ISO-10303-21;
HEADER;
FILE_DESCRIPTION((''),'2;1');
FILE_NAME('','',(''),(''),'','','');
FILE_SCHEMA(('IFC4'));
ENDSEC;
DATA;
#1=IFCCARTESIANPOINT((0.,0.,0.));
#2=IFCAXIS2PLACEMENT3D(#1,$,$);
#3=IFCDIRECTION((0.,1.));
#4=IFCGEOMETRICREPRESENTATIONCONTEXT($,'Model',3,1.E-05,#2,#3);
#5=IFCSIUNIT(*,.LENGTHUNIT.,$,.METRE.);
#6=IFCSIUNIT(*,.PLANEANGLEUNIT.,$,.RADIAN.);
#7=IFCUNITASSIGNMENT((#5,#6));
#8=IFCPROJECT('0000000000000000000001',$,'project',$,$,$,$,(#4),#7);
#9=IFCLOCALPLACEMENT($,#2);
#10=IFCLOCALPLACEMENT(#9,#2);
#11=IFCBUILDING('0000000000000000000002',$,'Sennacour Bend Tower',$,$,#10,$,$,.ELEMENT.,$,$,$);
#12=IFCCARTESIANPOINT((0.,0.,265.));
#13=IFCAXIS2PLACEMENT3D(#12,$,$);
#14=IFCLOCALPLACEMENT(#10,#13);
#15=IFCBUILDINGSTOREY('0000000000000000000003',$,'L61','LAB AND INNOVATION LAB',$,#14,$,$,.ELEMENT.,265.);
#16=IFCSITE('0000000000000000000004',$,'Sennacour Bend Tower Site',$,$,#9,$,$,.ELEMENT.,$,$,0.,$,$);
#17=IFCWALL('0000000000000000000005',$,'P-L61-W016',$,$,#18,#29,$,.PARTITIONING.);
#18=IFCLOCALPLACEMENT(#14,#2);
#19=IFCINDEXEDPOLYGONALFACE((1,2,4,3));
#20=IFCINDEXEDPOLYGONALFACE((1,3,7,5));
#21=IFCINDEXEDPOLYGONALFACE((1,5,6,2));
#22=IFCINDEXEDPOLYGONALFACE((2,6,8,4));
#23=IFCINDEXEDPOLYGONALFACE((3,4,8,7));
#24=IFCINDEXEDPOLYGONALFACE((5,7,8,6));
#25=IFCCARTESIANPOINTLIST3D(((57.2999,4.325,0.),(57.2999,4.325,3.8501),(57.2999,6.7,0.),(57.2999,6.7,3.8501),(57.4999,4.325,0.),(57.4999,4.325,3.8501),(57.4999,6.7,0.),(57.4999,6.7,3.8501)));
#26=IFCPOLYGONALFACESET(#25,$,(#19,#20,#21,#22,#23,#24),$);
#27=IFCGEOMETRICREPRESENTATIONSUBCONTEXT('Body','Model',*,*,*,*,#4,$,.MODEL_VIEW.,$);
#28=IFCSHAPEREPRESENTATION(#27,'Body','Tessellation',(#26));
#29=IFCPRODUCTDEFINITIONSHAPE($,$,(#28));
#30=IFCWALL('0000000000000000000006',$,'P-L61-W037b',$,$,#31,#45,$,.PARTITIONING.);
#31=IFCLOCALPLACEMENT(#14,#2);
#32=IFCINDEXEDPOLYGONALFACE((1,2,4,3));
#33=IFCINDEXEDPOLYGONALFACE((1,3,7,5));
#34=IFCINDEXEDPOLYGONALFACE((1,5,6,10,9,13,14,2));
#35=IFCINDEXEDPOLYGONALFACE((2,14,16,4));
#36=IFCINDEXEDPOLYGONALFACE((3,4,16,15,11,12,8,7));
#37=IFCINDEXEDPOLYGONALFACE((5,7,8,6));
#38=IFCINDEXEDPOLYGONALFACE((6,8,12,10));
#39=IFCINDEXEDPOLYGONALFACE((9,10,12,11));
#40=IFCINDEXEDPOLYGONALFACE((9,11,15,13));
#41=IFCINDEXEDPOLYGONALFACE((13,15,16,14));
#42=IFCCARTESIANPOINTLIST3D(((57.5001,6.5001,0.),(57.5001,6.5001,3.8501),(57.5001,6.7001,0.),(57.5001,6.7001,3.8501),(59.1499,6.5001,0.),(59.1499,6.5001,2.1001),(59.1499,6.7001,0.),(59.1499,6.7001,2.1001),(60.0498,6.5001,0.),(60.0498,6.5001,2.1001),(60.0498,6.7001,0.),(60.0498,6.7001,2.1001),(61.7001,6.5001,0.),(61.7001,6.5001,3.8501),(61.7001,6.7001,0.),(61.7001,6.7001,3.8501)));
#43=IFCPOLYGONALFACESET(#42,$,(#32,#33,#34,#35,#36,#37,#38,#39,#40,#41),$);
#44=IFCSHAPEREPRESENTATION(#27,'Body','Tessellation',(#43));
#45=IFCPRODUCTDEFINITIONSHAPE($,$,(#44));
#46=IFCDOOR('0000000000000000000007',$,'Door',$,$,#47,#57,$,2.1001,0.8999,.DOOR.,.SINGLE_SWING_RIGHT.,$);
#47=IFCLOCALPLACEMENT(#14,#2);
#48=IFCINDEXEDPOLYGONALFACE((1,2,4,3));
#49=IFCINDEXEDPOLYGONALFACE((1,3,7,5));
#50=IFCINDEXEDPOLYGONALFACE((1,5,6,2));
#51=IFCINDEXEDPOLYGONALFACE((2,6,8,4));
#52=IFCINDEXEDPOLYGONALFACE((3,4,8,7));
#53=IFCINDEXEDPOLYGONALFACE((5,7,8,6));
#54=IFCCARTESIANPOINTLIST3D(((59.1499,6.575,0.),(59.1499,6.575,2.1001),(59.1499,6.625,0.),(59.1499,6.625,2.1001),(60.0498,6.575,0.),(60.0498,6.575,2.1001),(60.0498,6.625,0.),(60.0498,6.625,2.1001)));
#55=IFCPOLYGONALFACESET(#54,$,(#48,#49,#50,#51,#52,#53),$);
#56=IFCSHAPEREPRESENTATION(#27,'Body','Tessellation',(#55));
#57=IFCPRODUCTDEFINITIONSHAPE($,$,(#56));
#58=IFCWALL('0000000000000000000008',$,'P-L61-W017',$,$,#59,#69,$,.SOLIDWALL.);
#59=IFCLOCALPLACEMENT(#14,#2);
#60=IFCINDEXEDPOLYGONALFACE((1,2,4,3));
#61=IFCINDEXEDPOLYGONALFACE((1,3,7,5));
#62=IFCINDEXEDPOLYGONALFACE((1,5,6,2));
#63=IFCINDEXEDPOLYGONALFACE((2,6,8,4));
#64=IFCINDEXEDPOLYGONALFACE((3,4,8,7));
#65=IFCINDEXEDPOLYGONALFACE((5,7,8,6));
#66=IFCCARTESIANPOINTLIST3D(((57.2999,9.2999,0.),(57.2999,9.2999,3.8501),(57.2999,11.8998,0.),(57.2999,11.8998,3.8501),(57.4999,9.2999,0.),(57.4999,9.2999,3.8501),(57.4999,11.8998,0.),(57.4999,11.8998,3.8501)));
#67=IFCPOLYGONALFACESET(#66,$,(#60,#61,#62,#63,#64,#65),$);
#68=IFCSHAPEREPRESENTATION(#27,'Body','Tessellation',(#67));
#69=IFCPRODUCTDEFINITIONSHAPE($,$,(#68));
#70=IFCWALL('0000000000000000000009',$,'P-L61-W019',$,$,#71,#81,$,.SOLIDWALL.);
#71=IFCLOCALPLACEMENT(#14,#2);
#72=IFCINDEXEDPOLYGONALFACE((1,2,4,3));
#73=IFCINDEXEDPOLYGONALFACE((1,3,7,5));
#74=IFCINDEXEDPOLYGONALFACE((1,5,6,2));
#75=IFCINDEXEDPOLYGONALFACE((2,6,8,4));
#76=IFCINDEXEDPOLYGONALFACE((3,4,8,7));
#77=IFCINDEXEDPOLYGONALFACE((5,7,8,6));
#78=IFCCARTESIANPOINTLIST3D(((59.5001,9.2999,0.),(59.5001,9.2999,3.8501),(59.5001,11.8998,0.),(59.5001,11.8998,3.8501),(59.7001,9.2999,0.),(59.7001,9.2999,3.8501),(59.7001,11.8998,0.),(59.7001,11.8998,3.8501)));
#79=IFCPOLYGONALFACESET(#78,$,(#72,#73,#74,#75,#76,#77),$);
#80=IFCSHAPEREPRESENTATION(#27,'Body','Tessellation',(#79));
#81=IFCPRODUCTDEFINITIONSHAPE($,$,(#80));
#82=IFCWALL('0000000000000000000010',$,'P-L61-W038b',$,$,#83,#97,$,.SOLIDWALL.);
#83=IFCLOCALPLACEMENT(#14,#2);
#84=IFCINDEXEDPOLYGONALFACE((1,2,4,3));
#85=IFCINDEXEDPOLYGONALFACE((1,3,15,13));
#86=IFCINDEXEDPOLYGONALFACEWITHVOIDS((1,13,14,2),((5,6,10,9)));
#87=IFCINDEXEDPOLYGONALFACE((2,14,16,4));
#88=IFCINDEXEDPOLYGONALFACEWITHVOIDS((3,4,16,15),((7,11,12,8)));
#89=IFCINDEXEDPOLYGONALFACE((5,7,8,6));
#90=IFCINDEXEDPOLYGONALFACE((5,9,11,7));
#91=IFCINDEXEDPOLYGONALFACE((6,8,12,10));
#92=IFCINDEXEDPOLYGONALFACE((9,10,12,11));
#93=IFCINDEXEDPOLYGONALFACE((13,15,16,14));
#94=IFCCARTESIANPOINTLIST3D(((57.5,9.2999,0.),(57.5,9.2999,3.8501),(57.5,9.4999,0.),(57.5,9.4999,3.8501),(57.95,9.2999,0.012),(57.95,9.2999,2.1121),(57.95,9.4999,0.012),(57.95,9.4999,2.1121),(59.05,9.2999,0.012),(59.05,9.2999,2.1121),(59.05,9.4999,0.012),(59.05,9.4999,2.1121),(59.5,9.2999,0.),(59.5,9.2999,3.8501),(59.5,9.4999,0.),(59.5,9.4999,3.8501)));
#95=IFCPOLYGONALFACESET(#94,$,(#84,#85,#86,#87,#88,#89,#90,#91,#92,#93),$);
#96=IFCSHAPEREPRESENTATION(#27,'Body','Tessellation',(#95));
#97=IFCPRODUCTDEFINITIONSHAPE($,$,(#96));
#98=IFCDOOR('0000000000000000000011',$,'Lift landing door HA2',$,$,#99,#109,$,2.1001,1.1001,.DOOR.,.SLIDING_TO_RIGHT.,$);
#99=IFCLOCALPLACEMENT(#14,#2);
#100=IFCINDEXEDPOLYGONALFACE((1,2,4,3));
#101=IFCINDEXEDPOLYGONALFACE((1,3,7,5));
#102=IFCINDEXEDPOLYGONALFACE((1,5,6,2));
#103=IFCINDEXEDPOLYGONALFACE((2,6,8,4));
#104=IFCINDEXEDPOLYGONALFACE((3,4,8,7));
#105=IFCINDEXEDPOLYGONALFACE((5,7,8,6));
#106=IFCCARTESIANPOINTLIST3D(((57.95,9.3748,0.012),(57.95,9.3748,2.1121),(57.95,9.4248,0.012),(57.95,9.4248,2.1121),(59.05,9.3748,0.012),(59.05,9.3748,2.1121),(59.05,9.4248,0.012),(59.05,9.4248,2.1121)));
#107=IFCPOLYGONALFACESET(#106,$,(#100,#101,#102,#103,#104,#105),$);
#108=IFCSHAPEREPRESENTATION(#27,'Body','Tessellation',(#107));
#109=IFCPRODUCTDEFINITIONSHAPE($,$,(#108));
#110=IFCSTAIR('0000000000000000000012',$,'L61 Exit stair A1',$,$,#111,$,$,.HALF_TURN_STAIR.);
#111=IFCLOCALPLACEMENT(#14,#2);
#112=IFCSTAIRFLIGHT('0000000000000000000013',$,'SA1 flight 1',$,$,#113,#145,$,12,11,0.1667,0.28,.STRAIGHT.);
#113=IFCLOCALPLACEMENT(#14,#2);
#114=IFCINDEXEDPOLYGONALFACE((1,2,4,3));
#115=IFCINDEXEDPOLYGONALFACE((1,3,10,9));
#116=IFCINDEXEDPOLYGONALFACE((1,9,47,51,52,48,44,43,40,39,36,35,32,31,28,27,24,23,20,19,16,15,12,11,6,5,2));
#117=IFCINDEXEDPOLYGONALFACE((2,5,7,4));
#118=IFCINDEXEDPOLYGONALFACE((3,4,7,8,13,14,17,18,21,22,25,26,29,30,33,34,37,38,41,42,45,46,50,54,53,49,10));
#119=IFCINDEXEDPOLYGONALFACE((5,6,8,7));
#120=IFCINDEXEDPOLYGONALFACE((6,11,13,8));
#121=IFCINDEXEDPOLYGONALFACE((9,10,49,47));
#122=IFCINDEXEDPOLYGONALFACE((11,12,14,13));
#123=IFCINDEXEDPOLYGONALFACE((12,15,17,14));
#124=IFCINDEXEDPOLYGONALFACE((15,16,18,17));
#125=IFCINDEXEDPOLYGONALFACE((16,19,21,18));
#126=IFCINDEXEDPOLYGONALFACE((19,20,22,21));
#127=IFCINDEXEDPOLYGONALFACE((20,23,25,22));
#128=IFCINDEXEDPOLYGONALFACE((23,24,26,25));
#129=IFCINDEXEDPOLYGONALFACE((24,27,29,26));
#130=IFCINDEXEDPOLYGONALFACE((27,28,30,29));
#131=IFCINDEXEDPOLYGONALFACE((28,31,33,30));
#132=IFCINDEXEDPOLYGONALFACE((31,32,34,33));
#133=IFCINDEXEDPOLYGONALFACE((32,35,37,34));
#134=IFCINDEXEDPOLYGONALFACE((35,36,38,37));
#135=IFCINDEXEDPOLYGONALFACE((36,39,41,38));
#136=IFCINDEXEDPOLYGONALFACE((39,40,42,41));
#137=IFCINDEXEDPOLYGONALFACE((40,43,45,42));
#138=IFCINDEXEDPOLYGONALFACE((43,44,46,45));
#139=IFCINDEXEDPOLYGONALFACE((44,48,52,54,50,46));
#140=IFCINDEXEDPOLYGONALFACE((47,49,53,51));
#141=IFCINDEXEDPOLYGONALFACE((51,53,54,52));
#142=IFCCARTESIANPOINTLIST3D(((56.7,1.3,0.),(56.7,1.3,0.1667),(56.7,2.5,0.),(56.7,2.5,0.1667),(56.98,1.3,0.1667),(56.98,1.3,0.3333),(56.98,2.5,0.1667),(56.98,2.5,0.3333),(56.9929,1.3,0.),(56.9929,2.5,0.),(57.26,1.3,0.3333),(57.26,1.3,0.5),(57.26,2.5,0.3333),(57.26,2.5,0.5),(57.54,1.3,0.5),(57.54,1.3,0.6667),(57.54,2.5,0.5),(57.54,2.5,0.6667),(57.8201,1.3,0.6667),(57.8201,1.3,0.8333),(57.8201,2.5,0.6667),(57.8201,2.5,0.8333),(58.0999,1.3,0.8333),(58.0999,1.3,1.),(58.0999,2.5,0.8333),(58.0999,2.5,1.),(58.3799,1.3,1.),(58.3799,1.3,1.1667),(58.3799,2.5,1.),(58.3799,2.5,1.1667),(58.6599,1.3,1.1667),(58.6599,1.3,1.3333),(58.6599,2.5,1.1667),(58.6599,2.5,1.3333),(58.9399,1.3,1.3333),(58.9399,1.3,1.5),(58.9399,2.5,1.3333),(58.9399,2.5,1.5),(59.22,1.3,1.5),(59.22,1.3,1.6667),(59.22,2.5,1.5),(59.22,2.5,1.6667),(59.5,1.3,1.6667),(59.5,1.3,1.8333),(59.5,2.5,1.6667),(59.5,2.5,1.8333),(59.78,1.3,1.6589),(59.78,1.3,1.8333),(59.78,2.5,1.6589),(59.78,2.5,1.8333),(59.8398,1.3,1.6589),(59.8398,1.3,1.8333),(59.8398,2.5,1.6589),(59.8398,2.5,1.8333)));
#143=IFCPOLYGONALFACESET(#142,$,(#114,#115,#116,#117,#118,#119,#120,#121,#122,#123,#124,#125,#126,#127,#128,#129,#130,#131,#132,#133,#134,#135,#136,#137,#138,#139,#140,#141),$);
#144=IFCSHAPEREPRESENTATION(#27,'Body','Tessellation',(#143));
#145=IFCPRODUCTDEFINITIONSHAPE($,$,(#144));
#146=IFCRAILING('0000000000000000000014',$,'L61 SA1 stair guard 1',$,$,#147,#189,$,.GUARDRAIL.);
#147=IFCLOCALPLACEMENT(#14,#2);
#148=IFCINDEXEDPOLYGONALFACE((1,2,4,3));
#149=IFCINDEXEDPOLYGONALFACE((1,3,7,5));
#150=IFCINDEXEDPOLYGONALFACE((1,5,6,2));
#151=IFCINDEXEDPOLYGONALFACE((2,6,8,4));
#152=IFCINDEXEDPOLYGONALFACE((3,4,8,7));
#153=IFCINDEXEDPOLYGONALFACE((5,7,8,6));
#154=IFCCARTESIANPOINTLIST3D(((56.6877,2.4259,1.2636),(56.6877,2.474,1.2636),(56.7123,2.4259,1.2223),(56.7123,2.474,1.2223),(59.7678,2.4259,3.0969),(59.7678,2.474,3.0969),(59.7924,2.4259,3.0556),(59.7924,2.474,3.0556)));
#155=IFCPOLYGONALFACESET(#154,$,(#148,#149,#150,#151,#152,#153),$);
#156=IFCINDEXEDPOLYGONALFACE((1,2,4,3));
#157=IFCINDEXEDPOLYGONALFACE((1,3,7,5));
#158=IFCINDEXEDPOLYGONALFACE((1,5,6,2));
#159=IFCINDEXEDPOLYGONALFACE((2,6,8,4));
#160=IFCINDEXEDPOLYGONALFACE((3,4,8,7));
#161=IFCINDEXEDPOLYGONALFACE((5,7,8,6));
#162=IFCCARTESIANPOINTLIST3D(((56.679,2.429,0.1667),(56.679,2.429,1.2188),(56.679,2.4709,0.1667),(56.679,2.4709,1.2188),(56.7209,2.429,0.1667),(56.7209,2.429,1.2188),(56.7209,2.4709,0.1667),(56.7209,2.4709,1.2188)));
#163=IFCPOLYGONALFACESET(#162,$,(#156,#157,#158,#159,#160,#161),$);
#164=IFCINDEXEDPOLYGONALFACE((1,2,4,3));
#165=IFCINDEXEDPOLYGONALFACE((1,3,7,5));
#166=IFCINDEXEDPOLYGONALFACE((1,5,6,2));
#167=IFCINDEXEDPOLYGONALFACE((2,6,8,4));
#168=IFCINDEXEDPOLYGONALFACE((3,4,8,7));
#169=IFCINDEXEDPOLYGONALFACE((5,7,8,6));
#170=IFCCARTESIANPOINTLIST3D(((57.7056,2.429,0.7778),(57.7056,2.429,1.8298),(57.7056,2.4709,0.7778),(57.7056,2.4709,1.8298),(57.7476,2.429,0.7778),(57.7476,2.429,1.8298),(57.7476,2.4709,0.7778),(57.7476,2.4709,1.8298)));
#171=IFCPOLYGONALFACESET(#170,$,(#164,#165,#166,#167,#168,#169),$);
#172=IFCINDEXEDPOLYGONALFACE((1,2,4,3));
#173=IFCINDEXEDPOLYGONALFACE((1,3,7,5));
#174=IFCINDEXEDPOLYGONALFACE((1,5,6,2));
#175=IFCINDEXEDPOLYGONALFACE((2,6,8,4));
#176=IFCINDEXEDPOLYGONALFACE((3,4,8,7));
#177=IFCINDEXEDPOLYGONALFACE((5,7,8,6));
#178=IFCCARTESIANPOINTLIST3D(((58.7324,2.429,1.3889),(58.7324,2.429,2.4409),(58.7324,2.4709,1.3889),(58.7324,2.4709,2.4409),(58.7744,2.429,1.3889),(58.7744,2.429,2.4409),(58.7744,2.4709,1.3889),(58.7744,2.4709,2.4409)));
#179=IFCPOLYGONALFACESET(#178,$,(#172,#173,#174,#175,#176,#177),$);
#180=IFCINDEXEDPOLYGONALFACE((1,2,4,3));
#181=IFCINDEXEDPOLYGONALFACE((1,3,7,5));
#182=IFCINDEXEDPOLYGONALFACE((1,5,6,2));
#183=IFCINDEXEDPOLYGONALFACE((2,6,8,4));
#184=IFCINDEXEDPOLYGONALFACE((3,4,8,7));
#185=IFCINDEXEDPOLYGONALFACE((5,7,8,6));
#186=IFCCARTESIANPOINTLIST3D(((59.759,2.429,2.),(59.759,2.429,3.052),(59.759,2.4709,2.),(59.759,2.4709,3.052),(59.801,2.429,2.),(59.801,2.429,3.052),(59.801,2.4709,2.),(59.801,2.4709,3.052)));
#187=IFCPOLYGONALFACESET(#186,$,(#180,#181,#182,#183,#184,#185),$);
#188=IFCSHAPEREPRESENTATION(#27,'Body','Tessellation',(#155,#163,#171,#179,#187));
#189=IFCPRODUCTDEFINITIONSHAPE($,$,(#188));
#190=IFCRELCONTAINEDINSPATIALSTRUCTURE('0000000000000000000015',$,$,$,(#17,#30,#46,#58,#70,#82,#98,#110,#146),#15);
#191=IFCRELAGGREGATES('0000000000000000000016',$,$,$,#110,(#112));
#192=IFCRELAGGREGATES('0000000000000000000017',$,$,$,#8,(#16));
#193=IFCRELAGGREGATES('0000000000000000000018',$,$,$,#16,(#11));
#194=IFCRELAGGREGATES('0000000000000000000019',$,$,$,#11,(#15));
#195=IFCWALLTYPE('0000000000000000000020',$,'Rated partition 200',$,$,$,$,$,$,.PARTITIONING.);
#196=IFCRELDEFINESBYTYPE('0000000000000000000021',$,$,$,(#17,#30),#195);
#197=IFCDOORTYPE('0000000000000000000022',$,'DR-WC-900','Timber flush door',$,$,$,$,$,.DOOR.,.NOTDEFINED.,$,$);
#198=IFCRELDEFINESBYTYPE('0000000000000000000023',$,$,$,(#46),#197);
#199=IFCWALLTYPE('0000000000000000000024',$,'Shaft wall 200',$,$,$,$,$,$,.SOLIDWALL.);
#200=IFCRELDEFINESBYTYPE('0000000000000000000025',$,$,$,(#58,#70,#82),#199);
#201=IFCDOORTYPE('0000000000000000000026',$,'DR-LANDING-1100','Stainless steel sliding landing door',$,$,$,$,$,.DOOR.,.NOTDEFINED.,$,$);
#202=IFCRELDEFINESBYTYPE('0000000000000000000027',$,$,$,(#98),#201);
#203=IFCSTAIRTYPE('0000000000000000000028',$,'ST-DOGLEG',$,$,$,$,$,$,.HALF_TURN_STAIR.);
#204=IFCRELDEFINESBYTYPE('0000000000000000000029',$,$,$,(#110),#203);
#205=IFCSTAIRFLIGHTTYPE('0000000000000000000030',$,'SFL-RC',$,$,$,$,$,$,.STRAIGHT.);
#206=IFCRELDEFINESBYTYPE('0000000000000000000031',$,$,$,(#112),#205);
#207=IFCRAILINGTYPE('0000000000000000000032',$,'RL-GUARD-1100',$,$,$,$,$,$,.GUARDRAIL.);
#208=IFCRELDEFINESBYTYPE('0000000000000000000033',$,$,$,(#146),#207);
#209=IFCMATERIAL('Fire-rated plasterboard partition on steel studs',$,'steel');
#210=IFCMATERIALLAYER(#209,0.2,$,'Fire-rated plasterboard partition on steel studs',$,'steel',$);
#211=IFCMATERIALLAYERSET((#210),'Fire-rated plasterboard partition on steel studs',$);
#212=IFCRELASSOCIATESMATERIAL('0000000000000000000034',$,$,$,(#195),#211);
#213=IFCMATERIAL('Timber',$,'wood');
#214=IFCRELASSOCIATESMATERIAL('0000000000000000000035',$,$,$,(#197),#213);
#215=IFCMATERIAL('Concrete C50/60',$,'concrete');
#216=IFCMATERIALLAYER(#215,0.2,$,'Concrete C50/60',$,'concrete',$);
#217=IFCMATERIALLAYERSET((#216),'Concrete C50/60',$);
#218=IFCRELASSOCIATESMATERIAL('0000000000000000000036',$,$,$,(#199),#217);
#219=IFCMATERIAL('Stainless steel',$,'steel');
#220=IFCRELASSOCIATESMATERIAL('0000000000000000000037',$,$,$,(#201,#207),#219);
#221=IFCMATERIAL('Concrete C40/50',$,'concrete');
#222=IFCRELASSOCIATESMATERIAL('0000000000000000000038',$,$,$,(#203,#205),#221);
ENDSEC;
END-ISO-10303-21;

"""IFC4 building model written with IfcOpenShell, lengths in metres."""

from ifc_helpers import new_model, si_unit, direction, frame, frame_2d, origin, origin_2d, place, context, subcontext, project, spatial, polyline, rectangle, outline, extrude, material, layer, layer_set, type_object, element, fill, aggregate, save


model = new_model("IFC4")

# Units and contexts
model_context = context("Model", 3, precision=1e-05, world=origin(), true_north=direction((0.0, 1.0)))
body_context = subcontext(model_context, "Body", "Model", "MODEL_VIEW")
ifc_project = project(units=[si_unit("LENGTHUNIT", "METRE"), si_unit("PLANEANGLEUNIT", "RADIAN")], contexts=[model_context])

# Site, building, storey
site_placement = place(None, origin())
site = spatial("IfcSite", under=ifc_project, at=site_placement, Name="Sennacour Bend Tower Site", CompositionType="ELEMENT", RefElevation=0.0)
building_placement = place(site_placement, origin())
building = spatial("IfcBuilding", under=site, at=building_placement, Name="Sennacour Bend Tower", CompositionType="ELEMENT")
storey_placement = place(building_placement, frame((0.0, 0.0, 265.0)))
storey = spatial("IfcBuildingStorey", under=building, at=storey_placement, Name="L61", Description="LAB AND INNOVATION LAB", CompositionType="ELEMENT", Elevation=265.0)

# Wall
ifc_material_1 = material(Name="Fire-rated plasterboard partition on steel studs", Category="steel")
ifc_layer_1 = layer(ifc_material_1, 0.2, Name="Fire-rated plasterboard partition on steel studs", Category="steel")
ifc_layer_set_1 = layer_set([ifc_layer_1], Name="Fire-rated plasterboard partition on steel studs")
wall_type_1 = type_object("IfcWallType", Name="Rated partition 200", PredefinedType="PARTITIONING", material=ifc_layer_set_1)
wall_1_placement = place(storey_placement, frame((57.3999, 4.325, 0.0), z_axis=(0.0, 0.0, 1.0), x_axis=(0.0, 1.0, 0.0)))
element("IfcWall", 1, at=wall_1_placement, inside=storey, type_object=wall_type_1, Name="P-L61-W016", PredefinedType="PARTITIONING", context=body_context, shape_type="SweptSolid", body=[
    extrude(rectangle(XDim=2.375, YDim=0.2, at=frame_2d((1.1875, 0.0))), origin(), (0.0, 0.0, 1.0), 3.8501),
])

# Wall, opening, door
wall_2_placement = place(storey_placement, frame((57.5, 6.6001, 0.0), z_axis=(0.0, 0.0, 1.0), x_axis=(1.0, 0.0, 0.0)))
wall_2 = element("IfcWall", 2, at=wall_2_placement, inside=storey, type_object=wall_type_1, Name="P-L61-W037b", PredefinedType="PARTITIONING", context=body_context, shape_type="SweptSolid", body=[
    extrude(rectangle(XDim=4.2, YDim=0.2, at=frame_2d((2.1001, 0.0))), origin(), (0.0, 0.0, 1.0), 3.8501),
])
opening_1_placement = place(wall_2_placement, frame((1.6499, 0.0, 0.0)))
opening_1 = element("IfcOpeningElement", 3, at=opening_1_placement, cuts=wall_2, PredefinedType="OPENING", context=body_context, shape_type="SweptSolid", body=[
    extrude(rectangle(XDim=0.8999, YDim=2.1001, at=frame_2d((0.45, 1.05))), frame((0.0, 0.1099, 0.0), z_axis=(0.0, -1.0, 0.0), x_axis=(1.0, 0.0, 0.0)), (0.0, 0.0, 1.0), 0.22),
])
ifc_material_2 = material(Name="Timber", Category="wood")
door_type_1 = type_object("IfcDoorType", Name="DR-WC-900", Description="Timber flush door", OperationType="NOTDEFINED", PredefinedType="DOOR", material=ifc_material_2)
door_1_placement = place(opening_1_placement, origin())
door_1 = element("IfcDoor", 4, at=door_1_placement, inside=storey, type_object=door_type_1, Name="Door", OperationType="SINGLE_SWING_RIGHT", OverallHeight=2.1001, OverallWidth=0.8999, PredefinedType="DOOR", context=body_context, shape_type="SweptSolid", body=[
    extrude(rectangle(XDim=0.8999, YDim=2.1001, at=frame_2d((0.45, 1.05))), frame((0.0, 0.0249, 0.0), z_axis=(0.0, -1.0, 0.0), x_axis=(1.0, 0.0, 0.0)), (0.0, 0.0, 1.0), 0.05),
])
fill(opening_1, door_1)

# Walls
ifc_material_3 = material(Name="Concrete C50/60", Category="concrete")
ifc_layer_2 = layer(ifc_material_3, 0.2, Name="Concrete C50/60", Category="concrete")
ifc_layer_set_2 = layer_set([ifc_layer_2], Name="Concrete C50/60")
wall_type_2 = type_object("IfcWallType", Name="Shaft wall 200", PredefinedType="SOLIDWALL", material=ifc_layer_set_2)
for number, where, z_axis, x_axis, name in (
    (5, (57.3999, 9.3, 0.0), (0.0, 0.0, 1.0), (0.0, 1.0, 0.0), "P-L61-W017"),
    (6, (59.6001, 9.3, 0.0), (0.0, 0.0, 1.0), (0.0, 1.0, 0.0), "P-L61-W019"),
):
    element("IfcWall", number, at=place(storey_placement, frame(where, z_axis=z_axis, x_axis=x_axis)), inside=storey, type_object=wall_type_2, Name=name, PredefinedType="SOLIDWALL", context=body_context, shape_type="SweptSolid", body=[
        extrude(rectangle(XDim=2.5999, YDim=0.2, at=frame_2d((1.2998, 0.0))), origin(), (0.0, 0.0, 1.0), 3.8501),
    ])

# Wall, opening, door
wall_3_placement = place(storey_placement, frame((57.5, 9.3999, 0.0), z_axis=(0.0, 0.0, 1.0), x_axis=(1.0, 0.0, 0.0)))
wall_3 = element("IfcWall", 7, at=wall_3_placement, inside=storey, type_object=wall_type_2, Name="P-L61-W038b", PredefinedType="SOLIDWALL", context=body_context, shape_type="SweptSolid", body=[
    extrude(rectangle(XDim=2.0, YDim=0.2, at=frame_2d((1.0, 0.0))), origin(), (0.0, 0.0, 1.0), 3.8501),
])
opening_2_placement = place(wall_3_placement, frame((0.45, 0.0, 0.012)))
opening_2 = element("IfcOpeningElement", 8, at=opening_2_placement, cuts=wall_3, PredefinedType="OPENING", context=body_context, shape_type="SweptSolid", body=[
    extrude(rectangle(XDim=1.1001, YDim=2.1001, at=frame_2d((0.55, 1.05))), frame((0.0, 0.1099, 0.0), z_axis=(0.0, -1.0, 0.0), x_axis=(1.0, 0.0, 0.0)), (0.0, 0.0, 1.0), 0.22),
])
ifc_material_4 = material(Name="Stainless steel", Category="steel")
door_type_2 = type_object("IfcDoorType", Name="DR-LANDING-1100", Description="Stainless steel sliding landing door", OperationType="NOTDEFINED", PredefinedType="DOOR", material=ifc_material_4)
door_2_placement = place(opening_2_placement, origin())
door_2 = element("IfcDoor", 9, at=door_2_placement, inside=storey, type_object=door_type_2, Name="Lift landing door HA2", OperationType="SLIDING_TO_RIGHT", OverallHeight=2.1001, OverallWidth=1.1001, PredefinedType="DOOR", context=body_context, shape_type="SweptSolid", body=[
    extrude(rectangle(XDim=1.1001, YDim=2.1001, at=frame_2d((0.55, 1.05))), frame((0.0, 0.0249, 0.0), z_axis=(0.0, -1.0, 0.0), x_axis=(1.0, 0.0, 0.0)), (0.0, 0.0, 1.0), 0.05),
])
fill(opening_2, door_2)

# Stair, stair flight
ifc_material_5 = material(Name="Concrete C40/50", Category="concrete")
stair_type = type_object("IfcStairType", Name="ST-DOGLEG", PredefinedType="HALF_TURN_STAIR", material=ifc_material_5)
stair_placement = place(storey_placement, origin())
stair = element("IfcStair", 10, at=stair_placement, inside=storey, type_object=stair_type, Name="L61 Exit stair A1", PredefinedType="HALF_TURN_STAIR")
stair_flight_type = type_object("IfcStairFlightType", Name="SFL-RC", PredefinedType="STRAIGHT", material=ifc_material_5)
stair_flight_placement = place(storey_placement, frame((56.7, 1.8999, 0.0), z_axis=(0.0, 0.0, 1.0), x_axis=(1.0, 0.0, 0.0)))
stair_flight = element("IfcStairFlight", 11, at=stair_flight_placement, type_object=stair_flight_type, Name="SA1 flight 1", NumberOfRisers=12, NumberOfTreads=11, PredefinedType="STRAIGHT", RiserHeight=0.1667, TreadLength=0.28, context=body_context, shape_type="SweptSolid", body=[
    extrude(outline(polyline([(0.0, 0.0), (0.0, 0.1667), (0.28, 0.1667), (0.28, 0.3333), (0.5601, 0.3333), (0.5601, 0.5), (0.8401, 0.5), (0.8401, 0.6667), (1.1201, 0.6667), (1.1201, 0.8333), (1.3999, 0.8333), (1.3999, 1.0), (1.6799, 1.0), (1.6799, 1.1667), (1.96, 1.1667), (1.96, 1.3333), (2.24, 1.3333), (2.24, 1.5), (2.52, 1.5), (2.52, 1.6667), (2.8, 1.6667), (2.8, 1.8333), (3.0801, 1.8333), (3.1399, 1.8333), (3.1399, 1.6589), (3.0801, 1.6589), (0.293, 0.0), (0.0, 0.0)])), frame((0.0, 0.6001, 0.0), z_axis=(0.0, -1.0, 0.0), x_axis=(1.0, 0.0, 0.0)), (0.0, 0.0, 1.0), 1.2),
])
aggregate(stair, [stair_flight])

# Railing
railing_type_1 = type_object("IfcRailingType", Name="RL-GUARD-1100", PredefinedType="GUARDRAIL", material=ifc_material_4)
railing_1_placement = place(storey_placement, frame((56.7, 2.45, 0.1667)))
element("IfcRailing", 12, at=railing_1_placement, inside=storey, type_object=railing_type_1, Name="L61 SA1 stair guard 1", PredefinedType="GUARDRAIL", context=body_context, shape_type="SweptSolid", body=[
    extrude(rectangle(XDim=0.0481, YDim=0.0481, at=origin_2d()), frame((0.0, 0.0, 1.0762), z_axis=(0.859309, 0.0, 0.511458), x_axis=(0.0, 1.0, 0.0)), (0.0, 0.0, 1.0), 3.5845),
    extrude(rectangle(XDim=0.042, YDim=0.042, at=origin_2d()), origin(), (0.0, 0.0, 1.0), 1.052),
    extrude(rectangle(XDim=0.042, YDim=0.042, at=origin_2d()), frame((1.0266, 0.0, 0.6111)), (0.0, 0.0, 1.0), 1.052),
    extrude(rectangle(XDim=0.042, YDim=0.042, at=origin_2d()), frame((2.0535, 0.0, 1.2222)), (0.0, 0.0, 1.0), 1.052),
    extrude(rectangle(XDim=0.042, YDim=0.042, at=origin_2d()), frame((3.0801, 0.0, 1.8333)), (0.0, 0.0, 1.0), 1.052),
])

save(model, "model.ifc")
